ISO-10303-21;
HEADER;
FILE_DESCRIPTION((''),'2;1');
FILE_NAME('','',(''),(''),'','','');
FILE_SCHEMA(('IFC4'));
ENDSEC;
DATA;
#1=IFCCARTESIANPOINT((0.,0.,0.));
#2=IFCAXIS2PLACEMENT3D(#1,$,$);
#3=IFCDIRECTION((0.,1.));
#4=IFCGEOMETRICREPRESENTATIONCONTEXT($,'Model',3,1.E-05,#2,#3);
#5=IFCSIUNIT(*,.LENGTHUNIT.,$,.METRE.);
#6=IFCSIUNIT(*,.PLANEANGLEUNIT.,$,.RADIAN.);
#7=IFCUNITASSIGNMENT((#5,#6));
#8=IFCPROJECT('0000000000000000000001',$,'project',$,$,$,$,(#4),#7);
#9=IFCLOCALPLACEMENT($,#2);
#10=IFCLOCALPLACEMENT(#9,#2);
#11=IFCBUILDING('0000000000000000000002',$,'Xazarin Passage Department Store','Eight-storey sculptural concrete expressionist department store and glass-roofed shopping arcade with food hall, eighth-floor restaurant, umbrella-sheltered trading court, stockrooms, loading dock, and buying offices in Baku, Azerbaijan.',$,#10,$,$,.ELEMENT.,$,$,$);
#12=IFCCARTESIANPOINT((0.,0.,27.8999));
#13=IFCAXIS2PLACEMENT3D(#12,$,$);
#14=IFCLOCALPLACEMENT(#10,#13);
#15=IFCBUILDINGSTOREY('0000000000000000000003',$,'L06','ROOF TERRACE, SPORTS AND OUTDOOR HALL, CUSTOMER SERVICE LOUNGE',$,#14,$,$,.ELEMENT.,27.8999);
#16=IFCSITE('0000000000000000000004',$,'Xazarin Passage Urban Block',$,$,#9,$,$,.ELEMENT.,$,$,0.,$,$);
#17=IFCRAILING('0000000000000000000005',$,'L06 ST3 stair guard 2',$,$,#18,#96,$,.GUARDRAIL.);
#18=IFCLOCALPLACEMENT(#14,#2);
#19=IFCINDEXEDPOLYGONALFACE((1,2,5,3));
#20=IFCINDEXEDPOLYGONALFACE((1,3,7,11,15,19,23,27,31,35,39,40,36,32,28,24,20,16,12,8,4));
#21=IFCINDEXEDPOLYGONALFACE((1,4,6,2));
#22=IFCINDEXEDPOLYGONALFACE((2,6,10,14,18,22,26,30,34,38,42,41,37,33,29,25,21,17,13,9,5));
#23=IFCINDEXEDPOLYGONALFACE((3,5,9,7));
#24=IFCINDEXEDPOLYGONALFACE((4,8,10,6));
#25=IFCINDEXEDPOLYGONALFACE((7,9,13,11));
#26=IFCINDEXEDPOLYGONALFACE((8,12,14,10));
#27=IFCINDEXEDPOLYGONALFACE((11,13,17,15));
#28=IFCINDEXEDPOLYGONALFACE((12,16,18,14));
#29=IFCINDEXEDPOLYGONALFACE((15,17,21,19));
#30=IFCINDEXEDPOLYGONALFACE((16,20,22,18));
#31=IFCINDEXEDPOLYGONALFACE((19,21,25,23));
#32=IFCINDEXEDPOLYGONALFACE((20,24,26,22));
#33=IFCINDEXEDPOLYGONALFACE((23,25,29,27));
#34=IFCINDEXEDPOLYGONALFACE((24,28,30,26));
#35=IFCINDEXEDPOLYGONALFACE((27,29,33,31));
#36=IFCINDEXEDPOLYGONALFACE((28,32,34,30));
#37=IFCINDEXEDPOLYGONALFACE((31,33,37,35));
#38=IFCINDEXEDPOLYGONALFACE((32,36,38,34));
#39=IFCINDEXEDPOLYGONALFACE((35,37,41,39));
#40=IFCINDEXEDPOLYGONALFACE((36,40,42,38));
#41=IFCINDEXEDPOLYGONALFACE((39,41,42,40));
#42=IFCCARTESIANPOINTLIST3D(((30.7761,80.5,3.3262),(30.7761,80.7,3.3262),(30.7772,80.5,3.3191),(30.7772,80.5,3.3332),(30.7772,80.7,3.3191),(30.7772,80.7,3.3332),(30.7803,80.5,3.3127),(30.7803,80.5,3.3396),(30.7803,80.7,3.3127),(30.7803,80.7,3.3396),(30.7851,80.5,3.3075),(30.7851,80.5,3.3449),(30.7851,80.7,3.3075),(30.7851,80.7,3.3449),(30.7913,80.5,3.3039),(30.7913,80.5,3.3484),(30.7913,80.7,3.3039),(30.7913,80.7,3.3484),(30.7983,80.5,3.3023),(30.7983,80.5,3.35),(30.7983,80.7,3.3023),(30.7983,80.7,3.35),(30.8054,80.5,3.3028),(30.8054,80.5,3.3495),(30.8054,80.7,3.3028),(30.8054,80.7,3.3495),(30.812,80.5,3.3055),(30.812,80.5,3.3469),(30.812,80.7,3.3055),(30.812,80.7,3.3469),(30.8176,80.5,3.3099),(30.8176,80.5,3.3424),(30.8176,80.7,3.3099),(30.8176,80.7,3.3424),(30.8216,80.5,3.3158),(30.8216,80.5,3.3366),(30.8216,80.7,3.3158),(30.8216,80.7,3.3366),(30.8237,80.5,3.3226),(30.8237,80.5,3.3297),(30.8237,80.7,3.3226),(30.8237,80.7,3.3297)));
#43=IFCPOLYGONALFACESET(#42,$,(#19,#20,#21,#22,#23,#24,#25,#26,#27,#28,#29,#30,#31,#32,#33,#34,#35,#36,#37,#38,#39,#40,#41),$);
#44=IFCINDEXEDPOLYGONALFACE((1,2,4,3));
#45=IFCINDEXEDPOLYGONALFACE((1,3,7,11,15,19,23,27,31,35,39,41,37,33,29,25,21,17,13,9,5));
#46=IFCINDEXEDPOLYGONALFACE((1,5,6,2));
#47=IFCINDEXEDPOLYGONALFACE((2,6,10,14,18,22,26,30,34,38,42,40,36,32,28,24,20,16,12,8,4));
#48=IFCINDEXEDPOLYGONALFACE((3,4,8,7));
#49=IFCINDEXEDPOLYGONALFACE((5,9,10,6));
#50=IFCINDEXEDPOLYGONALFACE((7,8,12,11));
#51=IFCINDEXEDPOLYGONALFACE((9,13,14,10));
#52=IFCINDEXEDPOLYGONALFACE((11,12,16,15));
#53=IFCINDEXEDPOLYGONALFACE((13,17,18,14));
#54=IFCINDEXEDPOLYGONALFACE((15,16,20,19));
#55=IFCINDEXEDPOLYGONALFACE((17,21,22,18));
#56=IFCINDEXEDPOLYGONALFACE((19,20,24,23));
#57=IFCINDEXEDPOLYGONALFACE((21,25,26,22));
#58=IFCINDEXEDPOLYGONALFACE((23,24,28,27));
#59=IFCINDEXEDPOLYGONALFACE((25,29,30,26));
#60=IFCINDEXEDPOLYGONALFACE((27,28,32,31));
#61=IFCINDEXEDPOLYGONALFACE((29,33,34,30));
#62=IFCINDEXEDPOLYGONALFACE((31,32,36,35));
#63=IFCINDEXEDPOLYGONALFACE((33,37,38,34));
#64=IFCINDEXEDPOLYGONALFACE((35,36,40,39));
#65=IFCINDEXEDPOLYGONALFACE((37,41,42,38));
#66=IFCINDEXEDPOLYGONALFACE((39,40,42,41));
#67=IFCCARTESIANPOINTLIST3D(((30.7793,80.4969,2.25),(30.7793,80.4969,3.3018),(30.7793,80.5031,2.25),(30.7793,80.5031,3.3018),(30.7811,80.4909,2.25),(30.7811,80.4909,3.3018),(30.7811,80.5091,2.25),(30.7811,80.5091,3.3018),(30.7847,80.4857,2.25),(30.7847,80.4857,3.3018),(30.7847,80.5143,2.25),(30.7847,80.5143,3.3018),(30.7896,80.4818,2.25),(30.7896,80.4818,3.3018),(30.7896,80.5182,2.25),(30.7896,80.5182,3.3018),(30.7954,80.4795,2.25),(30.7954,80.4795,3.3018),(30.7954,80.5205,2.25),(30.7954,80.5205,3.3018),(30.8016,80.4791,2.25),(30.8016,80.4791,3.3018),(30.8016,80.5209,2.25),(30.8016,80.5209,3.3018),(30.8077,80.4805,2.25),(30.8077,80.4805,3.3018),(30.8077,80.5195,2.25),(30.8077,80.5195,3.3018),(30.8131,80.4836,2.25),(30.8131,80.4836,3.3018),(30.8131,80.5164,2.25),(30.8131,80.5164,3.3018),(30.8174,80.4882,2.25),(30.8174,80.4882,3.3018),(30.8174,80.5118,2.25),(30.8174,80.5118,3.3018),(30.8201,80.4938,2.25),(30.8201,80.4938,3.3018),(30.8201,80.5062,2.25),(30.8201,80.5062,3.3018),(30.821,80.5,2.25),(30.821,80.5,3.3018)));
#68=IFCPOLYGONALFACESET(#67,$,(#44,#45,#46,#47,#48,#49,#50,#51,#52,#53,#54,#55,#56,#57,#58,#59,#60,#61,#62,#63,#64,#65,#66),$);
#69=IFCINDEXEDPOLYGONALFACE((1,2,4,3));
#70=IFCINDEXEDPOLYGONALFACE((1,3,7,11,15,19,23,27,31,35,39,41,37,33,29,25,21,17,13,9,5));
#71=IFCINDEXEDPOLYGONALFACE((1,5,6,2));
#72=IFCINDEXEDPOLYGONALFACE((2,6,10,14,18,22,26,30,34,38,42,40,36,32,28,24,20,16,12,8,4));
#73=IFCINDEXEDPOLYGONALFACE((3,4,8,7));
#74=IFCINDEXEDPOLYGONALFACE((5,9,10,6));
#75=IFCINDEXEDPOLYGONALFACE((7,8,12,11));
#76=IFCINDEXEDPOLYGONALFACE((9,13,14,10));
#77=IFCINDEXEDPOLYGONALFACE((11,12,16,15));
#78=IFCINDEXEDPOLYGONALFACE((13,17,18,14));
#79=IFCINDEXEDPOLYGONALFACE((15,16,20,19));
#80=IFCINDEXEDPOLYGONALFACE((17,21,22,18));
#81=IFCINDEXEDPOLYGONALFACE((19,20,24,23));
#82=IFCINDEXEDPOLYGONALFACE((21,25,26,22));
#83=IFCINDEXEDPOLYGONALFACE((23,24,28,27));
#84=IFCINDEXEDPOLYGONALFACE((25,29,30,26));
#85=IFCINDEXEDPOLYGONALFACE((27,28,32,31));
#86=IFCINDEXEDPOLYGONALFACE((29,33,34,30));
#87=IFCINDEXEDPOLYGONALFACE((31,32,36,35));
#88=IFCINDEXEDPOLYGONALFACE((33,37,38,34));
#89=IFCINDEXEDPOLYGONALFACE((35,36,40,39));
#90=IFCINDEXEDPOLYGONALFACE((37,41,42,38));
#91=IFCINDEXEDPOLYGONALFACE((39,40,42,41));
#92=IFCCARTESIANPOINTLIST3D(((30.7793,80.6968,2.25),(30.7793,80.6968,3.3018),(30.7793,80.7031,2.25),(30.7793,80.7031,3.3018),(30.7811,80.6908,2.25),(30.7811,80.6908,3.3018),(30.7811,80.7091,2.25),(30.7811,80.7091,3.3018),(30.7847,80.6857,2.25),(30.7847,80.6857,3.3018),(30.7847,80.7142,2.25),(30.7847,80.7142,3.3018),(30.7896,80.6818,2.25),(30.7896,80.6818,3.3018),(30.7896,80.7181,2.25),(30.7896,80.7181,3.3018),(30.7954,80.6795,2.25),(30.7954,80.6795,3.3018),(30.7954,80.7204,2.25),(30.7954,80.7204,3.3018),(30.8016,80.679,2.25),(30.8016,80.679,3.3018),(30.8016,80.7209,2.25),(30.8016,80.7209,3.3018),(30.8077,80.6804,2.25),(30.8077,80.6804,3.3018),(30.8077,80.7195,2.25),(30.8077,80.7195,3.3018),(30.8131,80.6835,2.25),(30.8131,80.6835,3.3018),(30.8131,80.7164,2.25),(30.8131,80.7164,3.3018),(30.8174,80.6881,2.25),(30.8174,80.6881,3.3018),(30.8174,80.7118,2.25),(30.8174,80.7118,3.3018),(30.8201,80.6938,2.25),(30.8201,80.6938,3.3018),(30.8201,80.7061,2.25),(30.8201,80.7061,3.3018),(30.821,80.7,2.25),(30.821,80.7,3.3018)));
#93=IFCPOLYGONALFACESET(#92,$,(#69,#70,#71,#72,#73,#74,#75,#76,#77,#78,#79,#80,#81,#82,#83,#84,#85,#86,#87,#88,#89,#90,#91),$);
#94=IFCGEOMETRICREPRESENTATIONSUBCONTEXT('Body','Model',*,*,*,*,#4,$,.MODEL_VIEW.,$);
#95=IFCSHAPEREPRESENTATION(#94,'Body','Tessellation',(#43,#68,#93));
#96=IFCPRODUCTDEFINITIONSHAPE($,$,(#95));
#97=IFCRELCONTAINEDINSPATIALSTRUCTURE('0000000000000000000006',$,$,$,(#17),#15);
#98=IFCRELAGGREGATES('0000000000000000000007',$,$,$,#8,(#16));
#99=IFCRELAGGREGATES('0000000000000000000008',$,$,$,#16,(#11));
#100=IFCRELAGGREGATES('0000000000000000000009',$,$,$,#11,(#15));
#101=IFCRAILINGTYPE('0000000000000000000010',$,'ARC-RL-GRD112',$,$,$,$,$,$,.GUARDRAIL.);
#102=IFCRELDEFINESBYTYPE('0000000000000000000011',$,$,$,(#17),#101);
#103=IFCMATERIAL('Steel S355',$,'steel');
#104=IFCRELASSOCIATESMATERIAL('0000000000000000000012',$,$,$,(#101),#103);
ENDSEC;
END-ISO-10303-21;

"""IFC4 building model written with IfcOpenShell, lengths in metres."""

from ifc_helpers import new_model, si_unit, direction, frame, origin, origin_2d, place, context, subcontext, project, spatial, circle, extrude, material, type_object, element, save


model = new_model("IFC4")

# Units and contexts
model_context = context("Model", 3, precision=1e-05, world=origin(), true_north=direction((0.0, 1.0)))
body_context = subcontext(model_context, "Body", "Model", "MODEL_VIEW")
ifc_project = project(units=[si_unit("LENGTHUNIT", "METRE"), si_unit("PLANEANGLEUNIT", "RADIAN")], contexts=[model_context])

# Site, building, storey
site_placement = place(None, origin())
site = spatial("IfcSite", under=ifc_project, at=site_placement, Name="Xazarin Passage Urban Block", CompositionType="ELEMENT", RefElevation=0.0)
building_placement = place(site_placement, origin())
building = spatial("IfcBuilding", under=site, at=building_placement, Name="Xazarin Passage Department Store", Description="Eight-storey sculptural concrete expressionist department store and glass-roofed shopping arcade with food hall, eighth-floor restaurant, umbrella-sheltered trading court, stockrooms, loading dock, and buying offices in Baku, Azerbaijan.", CompositionType="ELEMENT")
storey_placement = place(building_placement, frame((0.0, 0.0, 27.8999)))
storey = spatial("IfcBuildingStorey", under=building, at=storey_placement, Name="L06", Description="ROOF TERRACE, SPORTS AND OUTDOOR HALL, CUSTOMER SERVICE LOUNGE", CompositionType="ELEMENT", Elevation=27.8999)

# Shared definitions
ifc_material_1 = material(Name="Steel S355", Category="steel")

# Railing
railing_type_1 = type_object("IfcRailingType", Name="ARC-RL-GRD112", PredefinedType="GUARDRAIL", material=ifc_material_1)
railing_1_placement = place(storey_placement, frame((30.8, 80.5, 2.25)))
element("IfcRailing", 1, at=railing_1_placement, inside=storey, type_object=railing_type_1, Name="L06 ST3 stair guard 2", PredefinedType="GUARDRAIL", context=body_context, shape_type="SweptSolid", body=[
    extrude(circle(Radius=0.0239, at=origin_2d()), frame((0.0, 0.0, 1.0762), z_axis=(0.0, 1.0, 0.0), x_axis=(-1.0, 0.0, 0.0)), (0.0, 0.0, 1.0), 0.2),
    extrude(circle(Radius=0.021, at=origin_2d()), origin(), (0.0, 0.0, 1.0), 1.0518),
    extrude(circle(Radius=0.021, at=origin_2d()), frame((0.0, 0.2, 0.0)), (0.0, 0.0, 1.0), 1.0518),
])

save(model, "model.ifc")
